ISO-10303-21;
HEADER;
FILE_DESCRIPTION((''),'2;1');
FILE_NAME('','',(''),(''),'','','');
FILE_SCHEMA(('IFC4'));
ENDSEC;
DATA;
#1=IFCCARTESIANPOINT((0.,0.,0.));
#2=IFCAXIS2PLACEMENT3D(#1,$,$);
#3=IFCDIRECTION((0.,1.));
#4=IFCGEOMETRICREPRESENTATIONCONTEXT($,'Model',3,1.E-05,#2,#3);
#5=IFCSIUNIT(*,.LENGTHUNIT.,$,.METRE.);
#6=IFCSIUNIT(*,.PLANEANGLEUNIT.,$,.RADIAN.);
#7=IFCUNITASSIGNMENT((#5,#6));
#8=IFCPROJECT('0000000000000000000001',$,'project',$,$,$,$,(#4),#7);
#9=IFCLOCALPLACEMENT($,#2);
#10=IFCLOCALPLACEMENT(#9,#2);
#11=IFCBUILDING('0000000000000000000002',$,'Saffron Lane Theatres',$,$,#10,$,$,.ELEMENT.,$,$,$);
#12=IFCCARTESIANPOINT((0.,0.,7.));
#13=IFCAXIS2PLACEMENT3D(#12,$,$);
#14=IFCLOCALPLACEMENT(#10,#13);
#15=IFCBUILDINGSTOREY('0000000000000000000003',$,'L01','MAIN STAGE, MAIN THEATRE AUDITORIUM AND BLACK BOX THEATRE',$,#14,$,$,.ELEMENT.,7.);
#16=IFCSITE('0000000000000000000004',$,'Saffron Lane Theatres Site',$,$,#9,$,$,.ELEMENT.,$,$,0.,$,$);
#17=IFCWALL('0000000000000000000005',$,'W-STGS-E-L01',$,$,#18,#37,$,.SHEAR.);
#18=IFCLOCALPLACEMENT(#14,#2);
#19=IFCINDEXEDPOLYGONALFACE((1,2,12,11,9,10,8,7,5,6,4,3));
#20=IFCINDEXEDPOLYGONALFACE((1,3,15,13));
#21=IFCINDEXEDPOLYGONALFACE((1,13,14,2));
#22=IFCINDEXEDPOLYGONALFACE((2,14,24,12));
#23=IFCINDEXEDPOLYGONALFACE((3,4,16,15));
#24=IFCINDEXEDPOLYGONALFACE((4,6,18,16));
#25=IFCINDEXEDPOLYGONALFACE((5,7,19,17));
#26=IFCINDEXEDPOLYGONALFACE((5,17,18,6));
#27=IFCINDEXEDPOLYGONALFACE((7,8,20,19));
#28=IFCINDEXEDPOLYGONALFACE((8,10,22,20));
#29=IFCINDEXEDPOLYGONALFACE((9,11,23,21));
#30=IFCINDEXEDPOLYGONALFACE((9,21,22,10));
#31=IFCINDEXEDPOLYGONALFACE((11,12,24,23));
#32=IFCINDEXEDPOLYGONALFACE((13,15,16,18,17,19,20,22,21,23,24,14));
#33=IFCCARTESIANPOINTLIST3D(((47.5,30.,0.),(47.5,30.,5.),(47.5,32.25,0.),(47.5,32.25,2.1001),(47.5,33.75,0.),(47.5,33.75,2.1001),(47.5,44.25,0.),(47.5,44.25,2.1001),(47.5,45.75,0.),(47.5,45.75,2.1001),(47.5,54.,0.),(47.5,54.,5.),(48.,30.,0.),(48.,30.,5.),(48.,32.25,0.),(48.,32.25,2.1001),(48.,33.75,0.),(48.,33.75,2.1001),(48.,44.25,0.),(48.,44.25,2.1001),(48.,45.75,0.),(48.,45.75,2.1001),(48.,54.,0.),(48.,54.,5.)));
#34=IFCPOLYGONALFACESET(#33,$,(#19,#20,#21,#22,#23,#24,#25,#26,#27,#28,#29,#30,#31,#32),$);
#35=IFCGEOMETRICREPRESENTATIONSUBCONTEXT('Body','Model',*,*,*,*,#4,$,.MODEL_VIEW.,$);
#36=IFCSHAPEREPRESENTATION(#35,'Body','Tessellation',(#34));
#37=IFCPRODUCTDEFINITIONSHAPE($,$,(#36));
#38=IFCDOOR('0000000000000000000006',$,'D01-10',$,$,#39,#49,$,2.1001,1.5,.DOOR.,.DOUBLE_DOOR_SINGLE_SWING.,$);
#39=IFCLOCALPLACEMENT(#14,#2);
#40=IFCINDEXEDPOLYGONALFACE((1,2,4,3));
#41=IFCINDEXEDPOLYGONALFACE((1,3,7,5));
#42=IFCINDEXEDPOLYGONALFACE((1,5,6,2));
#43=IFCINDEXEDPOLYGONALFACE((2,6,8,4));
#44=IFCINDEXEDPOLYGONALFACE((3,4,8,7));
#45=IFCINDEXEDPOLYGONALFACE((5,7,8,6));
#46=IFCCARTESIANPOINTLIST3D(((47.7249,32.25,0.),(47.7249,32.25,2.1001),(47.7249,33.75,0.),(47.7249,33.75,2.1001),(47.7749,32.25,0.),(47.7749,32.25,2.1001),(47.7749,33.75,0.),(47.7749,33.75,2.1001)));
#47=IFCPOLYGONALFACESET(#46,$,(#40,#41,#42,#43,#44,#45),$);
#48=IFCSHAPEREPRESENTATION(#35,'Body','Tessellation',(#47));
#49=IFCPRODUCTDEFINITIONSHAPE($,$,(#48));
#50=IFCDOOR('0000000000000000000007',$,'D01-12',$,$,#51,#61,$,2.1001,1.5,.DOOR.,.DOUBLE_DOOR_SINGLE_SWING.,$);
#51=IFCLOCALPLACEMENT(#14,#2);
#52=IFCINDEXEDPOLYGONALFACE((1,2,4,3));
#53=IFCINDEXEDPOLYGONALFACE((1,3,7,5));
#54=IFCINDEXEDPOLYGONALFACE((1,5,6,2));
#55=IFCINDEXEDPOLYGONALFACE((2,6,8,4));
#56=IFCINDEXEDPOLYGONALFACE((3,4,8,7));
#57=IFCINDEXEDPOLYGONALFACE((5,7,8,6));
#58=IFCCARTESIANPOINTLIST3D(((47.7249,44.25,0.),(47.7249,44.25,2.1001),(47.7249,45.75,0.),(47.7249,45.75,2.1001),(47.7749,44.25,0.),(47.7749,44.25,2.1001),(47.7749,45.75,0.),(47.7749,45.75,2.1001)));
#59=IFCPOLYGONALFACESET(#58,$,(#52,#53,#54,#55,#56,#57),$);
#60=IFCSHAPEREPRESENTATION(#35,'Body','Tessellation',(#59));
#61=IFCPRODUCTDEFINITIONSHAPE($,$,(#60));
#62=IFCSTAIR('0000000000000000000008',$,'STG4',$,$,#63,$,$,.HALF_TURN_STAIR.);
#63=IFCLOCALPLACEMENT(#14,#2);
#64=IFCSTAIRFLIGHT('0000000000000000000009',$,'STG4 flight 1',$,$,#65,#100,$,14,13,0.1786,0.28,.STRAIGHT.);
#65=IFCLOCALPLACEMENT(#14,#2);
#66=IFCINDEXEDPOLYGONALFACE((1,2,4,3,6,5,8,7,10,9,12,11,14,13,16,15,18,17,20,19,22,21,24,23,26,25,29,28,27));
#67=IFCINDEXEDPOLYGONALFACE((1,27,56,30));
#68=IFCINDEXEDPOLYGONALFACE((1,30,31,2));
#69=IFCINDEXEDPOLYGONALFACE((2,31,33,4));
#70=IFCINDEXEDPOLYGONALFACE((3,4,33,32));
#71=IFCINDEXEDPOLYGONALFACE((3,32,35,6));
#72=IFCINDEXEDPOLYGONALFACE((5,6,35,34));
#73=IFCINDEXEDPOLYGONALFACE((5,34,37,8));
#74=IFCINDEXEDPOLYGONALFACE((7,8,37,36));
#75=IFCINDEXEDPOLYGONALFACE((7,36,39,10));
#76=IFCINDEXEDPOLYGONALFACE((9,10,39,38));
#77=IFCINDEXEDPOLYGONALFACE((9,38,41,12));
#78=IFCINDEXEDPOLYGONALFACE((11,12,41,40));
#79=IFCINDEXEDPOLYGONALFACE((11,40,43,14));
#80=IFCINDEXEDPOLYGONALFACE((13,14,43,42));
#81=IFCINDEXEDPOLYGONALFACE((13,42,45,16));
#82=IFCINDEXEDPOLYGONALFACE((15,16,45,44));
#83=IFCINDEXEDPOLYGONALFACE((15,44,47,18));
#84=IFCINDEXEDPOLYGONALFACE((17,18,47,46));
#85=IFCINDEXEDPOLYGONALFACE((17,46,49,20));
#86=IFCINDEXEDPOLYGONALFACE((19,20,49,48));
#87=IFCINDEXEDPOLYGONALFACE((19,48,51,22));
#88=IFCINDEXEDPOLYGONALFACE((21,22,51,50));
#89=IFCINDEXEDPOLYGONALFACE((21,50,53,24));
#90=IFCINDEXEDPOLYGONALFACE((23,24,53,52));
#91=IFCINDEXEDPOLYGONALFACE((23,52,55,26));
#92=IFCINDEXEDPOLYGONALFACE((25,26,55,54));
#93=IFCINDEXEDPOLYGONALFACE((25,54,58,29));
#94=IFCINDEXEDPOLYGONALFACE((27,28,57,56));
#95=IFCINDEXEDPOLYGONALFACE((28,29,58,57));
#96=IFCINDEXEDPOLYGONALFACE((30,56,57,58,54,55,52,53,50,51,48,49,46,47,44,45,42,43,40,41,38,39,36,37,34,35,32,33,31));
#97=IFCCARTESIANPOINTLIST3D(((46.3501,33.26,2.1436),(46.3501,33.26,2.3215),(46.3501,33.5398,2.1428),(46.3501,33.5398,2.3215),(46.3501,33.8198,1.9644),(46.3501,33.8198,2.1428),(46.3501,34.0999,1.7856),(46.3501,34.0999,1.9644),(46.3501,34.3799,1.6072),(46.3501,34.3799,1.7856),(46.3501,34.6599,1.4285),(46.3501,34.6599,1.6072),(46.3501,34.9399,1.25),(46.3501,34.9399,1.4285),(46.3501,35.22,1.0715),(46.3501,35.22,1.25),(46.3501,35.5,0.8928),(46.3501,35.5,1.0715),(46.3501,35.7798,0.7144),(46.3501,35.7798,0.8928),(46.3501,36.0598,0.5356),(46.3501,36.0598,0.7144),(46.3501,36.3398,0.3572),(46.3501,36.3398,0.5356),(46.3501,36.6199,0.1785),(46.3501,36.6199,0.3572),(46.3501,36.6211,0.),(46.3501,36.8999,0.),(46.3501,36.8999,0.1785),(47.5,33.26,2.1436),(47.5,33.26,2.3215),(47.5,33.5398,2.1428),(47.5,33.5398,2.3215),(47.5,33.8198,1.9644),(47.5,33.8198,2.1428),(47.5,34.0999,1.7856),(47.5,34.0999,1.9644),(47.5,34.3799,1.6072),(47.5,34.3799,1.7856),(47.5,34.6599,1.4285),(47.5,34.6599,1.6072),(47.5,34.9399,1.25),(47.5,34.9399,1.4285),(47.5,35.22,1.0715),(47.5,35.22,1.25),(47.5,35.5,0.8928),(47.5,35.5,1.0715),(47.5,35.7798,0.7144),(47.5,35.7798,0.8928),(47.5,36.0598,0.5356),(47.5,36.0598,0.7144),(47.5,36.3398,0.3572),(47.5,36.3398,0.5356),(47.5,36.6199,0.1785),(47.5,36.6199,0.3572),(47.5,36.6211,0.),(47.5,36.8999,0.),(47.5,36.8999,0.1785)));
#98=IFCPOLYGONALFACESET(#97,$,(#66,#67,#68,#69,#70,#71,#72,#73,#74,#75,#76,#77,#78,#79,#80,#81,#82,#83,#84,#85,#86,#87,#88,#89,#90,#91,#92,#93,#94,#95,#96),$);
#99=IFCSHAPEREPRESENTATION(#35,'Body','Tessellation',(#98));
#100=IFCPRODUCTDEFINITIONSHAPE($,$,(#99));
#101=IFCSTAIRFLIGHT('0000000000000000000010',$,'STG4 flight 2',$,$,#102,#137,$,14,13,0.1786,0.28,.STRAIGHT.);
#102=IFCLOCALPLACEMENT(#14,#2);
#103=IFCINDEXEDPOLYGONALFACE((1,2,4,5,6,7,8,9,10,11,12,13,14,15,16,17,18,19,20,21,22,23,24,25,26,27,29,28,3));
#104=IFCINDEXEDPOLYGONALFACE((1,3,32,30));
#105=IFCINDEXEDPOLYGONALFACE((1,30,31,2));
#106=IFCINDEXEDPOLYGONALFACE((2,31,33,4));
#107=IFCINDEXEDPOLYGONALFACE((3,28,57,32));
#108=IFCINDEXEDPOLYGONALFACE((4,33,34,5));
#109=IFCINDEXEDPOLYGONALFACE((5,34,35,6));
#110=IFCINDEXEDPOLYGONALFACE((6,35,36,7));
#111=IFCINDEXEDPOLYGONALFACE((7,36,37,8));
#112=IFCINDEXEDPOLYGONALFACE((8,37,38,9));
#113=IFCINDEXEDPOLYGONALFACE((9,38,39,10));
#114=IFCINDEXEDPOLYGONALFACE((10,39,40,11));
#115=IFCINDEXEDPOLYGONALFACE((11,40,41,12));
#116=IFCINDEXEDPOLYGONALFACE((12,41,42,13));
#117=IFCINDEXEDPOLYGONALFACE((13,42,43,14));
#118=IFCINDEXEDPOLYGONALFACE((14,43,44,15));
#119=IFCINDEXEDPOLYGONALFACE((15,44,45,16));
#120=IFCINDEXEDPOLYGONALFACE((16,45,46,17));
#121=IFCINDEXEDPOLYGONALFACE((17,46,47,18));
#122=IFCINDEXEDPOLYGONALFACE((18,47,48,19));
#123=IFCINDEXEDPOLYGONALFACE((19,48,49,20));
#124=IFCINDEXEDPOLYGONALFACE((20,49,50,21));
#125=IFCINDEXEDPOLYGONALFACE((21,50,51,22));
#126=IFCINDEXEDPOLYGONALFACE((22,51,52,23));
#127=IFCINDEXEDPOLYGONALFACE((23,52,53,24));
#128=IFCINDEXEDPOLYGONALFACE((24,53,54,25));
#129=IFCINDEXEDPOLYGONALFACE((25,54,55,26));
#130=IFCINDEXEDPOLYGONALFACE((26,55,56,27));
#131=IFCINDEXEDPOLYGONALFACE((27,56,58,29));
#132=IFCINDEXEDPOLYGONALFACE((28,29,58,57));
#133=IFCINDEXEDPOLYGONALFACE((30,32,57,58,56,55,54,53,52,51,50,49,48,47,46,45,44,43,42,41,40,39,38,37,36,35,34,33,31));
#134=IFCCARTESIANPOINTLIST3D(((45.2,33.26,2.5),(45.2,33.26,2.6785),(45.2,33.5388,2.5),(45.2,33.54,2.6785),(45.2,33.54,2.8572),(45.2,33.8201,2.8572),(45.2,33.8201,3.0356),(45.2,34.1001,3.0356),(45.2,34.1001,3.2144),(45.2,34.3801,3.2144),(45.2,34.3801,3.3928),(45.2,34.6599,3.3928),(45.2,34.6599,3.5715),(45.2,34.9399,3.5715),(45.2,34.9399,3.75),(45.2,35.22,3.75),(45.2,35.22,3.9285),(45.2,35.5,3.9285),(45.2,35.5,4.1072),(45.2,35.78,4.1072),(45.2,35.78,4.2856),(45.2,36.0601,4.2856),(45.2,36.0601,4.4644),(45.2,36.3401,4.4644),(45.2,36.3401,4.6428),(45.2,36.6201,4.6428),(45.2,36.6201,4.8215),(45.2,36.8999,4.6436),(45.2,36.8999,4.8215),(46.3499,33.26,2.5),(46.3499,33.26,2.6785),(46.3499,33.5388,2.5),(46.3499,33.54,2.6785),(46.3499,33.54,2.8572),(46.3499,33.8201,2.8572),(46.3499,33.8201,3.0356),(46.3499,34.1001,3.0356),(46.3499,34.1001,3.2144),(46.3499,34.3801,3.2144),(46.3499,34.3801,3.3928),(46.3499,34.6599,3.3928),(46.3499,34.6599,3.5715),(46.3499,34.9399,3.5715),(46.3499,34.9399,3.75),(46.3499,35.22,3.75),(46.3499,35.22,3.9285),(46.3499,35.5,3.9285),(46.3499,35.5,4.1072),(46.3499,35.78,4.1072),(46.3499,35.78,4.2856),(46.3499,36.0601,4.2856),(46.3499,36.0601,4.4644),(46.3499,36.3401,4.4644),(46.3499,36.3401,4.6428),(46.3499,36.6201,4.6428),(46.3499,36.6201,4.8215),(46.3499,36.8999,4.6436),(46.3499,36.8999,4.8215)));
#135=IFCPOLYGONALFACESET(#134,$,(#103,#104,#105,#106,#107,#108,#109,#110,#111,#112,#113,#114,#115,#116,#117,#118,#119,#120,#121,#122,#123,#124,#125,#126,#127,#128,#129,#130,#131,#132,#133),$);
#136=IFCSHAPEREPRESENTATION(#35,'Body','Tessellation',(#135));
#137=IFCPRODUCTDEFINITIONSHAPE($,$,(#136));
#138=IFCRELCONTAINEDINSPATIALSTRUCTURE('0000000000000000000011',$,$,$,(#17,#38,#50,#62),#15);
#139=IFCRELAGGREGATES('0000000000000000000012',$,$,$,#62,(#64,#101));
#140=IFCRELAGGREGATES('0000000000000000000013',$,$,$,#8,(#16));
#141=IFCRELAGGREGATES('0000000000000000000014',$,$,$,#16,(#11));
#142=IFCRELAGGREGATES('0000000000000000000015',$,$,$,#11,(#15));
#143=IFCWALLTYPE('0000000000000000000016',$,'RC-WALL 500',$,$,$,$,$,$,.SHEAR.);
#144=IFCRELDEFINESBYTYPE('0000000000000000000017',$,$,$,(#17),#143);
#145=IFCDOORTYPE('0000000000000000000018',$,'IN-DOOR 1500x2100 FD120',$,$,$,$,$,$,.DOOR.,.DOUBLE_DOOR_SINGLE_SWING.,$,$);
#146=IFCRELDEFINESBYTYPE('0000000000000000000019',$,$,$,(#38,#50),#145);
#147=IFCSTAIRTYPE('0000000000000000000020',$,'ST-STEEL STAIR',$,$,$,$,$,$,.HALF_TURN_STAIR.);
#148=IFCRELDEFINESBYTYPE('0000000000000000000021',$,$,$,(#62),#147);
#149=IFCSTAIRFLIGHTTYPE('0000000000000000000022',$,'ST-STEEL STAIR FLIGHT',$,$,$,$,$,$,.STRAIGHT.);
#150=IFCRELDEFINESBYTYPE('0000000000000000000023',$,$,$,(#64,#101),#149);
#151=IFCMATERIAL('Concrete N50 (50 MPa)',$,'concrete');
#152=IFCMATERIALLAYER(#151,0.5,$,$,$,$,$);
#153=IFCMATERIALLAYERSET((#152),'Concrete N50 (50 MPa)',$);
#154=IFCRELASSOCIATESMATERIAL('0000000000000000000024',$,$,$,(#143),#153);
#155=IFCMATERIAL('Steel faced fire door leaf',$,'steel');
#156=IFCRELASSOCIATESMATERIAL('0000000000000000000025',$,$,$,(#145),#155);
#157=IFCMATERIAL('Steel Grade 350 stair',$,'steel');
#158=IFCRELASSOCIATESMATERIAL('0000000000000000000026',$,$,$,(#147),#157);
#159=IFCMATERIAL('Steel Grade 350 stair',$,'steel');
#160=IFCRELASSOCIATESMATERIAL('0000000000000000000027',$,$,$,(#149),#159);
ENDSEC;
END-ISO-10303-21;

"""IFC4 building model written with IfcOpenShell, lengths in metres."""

from ifc_helpers import new_model, si_unit, direction, frame, frame_2d, origin, place, context, subcontext, project, spatial, polyline, rectangle, outline, extrude, material, layer, layer_set, type_object, element, fill, aggregate, save


model = new_model("IFC4")

# Units and contexts
model_context = context("Model", 3, precision=1e-05, world=origin(), true_north=direction((0.0, 1.0)))
body_context = subcontext(model_context, "Body", "Model", "MODEL_VIEW")
ifc_project = project(units=[si_unit("LENGTHUNIT", "METRE"), si_unit("PLANEANGLEUNIT", "RADIAN")], contexts=[model_context])

# Site, building, storey
site_placement = place(None, origin())
site = spatial("IfcSite", under=ifc_project, at=site_placement, Name="Saffron Lane Theatres Site", CompositionType="ELEMENT", RefElevation=0.0)
building_placement = place(site_placement, origin())
building = spatial("IfcBuilding", under=site, at=building_placement, Name="Saffron Lane Theatres", CompositionType="ELEMENT")
storey_placement = place(building_placement, frame((0.0, 0.0, 7.0)))
storey = spatial("IfcBuildingStorey", under=building, at=storey_placement, Name="L01", Description="MAIN STAGE, MAIN THEATRE AUDITORIUM AND BLACK BOX THEATRE", CompositionType="ELEMENT", Elevation=7.0)

# Wall, openings, doors
ifc_material_1 = material(Name="Concrete N50 (50 MPa)", Category="concrete")
ifc_layer_1 = layer(ifc_material_1, 0.5)
ifc_layer_set_1 = layer_set([ifc_layer_1], Name="Concrete N50 (50 MPa)")
wall_type_1 = type_object("IfcWallType", Name="RC-WALL 500", PredefinedType="SHEAR", material=ifc_layer_set_1)
wall_1_placement = place(storey_placement, frame((47.75, 30.0, 0.0), z_axis=(0.0, 0.0, 1.0), x_axis=(0.0, 1.0, 0.0)))
wall_1 = element("IfcWall", 1, at=wall_1_placement, inside=storey, type_object=wall_type_1, Name="W-STGS-E-L01", PredefinedType="SHEAR", context=body_context, shape_type="SweptSolid", body=[
    extrude(rectangle(XDim=24.0, YDim=0.5, at=frame_2d((12.0, 0.0))), origin(), (0.0, 0.0, 1.0), 5.0),
])
opening_1_placement = place(wall_1_placement, frame((2.25, 0.0, 0.0)))
opening_1 = element("IfcOpeningElement", 2, at=opening_1_placement, cuts=wall_1, PredefinedType="OPENING", context=body_context, shape_type="SweptSolid", body=[
    extrude(rectangle(XDim=1.5, YDim=2.1001, at=frame_2d((0.75, 1.05))), frame((0.0, 0.26, 0.0), z_axis=(0.0, -1.0, 0.0), x_axis=(1.0, 0.0, 0.0)), (0.0, 0.0, 1.0), 0.52),
])
opening_2_placement = place(wall_1_placement, frame((14.25, 0.0, 0.0)))
opening_2 = element("IfcOpeningElement", 3, at=opening_2_placement, cuts=wall_1, PredefinedType="OPENING", context=body_context, shape_type="SweptSolid", body=[
    extrude(rectangle(XDim=1.5, YDim=2.1001, at=frame_2d((0.75, 1.05))), frame((0.0, 0.26, 0.0), z_axis=(0.0, -1.0, 0.0), x_axis=(1.0, 0.0, 0.0)), (0.0, 0.0, 1.0), 0.52),
])
ifc_material_2 = material(Name="Steel faced fire door leaf", Category="steel")
door_type_1 = type_object("IfcDoorType", Name="IN-DOOR 1500x2100 FD120", OperationType="DOUBLE_DOOR_SINGLE_SWING", PredefinedType="DOOR", material=ifc_material_2)
door_1_placement = place(opening_1_placement, frame((1.5, 0.0, 0.0), z_axis=(0.0, 0.0, 1.0), x_axis=(-1.0, 0.0, 0.0)))
door_1 = element("IfcDoor", 4, at=door_1_placement, inside=storey, type_object=door_type_1, Name="D01-10", OperationType="DOUBLE_DOOR_SINGLE_SWING", OverallHeight=2.1001, OverallWidth=1.5, PredefinedType="DOOR", context=body_context, shape_type="SweptSolid", body=[
    extrude(rectangle(XDim=1.5, YDim=2.1001, at=frame_2d((0.75, 1.05))), frame((0.0, 0.0249, 0.0), z_axis=(0.0, -1.0, 0.0), x_axis=(1.0, 0.0, 0.0)), (0.0, 0.0, 1.0), 0.05),
])
fill(opening_1, door_1)
door_2_placement = place(opening_2_placement, frame((1.5, 0.0, 0.0), z_axis=(0.0, 0.0, 1.0), x_axis=(-1.0, 0.0, 0.0)))
door_2 = element("IfcDoor", 5, at=door_2_placement, inside=storey, type_object=door_type_1, Name="D01-12", OperationType="DOUBLE_DOOR_SINGLE_SWING", OverallHeight=2.1001, OverallWidth=1.5, PredefinedType="DOOR", context=body_context, shape_type="SweptSolid", body=[
    extrude(rectangle(XDim=1.5, YDim=2.1001, at=frame_2d((0.75, 1.05))), frame((0.0, 0.0249, 0.0), z_axis=(0.0, -1.0, 0.0), x_axis=(1.0, 0.0, 0.0)), (0.0, 0.0, 1.0), 0.05),
])
fill(opening_2, door_2)

# Stair, stair flights
ifc_material_3 = material(Name="Steel Grade 350 stair", Category="steel")
stair_type = type_object("IfcStairType", Name="ST-STEEL STAIR", PredefinedType="HALF_TURN_STAIR", material=ifc_material_3)
stair_placement = place(storey_placement, origin())
stair = element("IfcStair", 6, at=stair_placement, inside=storey, type_object=stair_type, Name="STG4", PredefinedType="HALF_TURN_STAIR")
ifc_material_4 = material(Name="Steel Grade 350 stair", Category="steel")
stair_flight_type = type_object("IfcStairFlightType", Name="ST-STEEL STAIR FLIGHT", PredefinedType="STRAIGHT", material=ifc_material_4)
stair_flight_1_placement = place(storey_placement, frame((46.925, 36.8999, 0.0), z_axis=(0.0, 0.0, 1.0), x_axis=(0.0, -1.0, 0.0)))
stair_flight_1 = element("IfcStairFlight", 7, at=stair_flight_1_placement, type_object=stair_flight_type, Name="STG4 flight 1", NumberOfRisers=14, NumberOfTreads=13, PredefinedType="STRAIGHT", RiserHeight=0.1786, TreadLength=0.28, context=body_context, shape_type="SweptSolid", body=[
    extrude(outline(polyline([(0.0, 0.0), (0.0, 0.1785), (0.28, 0.1785), (0.28, 0.3572), (0.5601, 0.3572), (0.5601, 0.5356), (0.8401, 0.5356), (0.8401, 0.7144), (1.1201, 0.7144), (1.1201, 0.8928), (1.3999, 0.8928), (1.3999, 1.0715), (1.6799, 1.0715), (1.6799, 1.25), (1.96, 1.25), (1.96, 1.4285), (2.24, 1.4285), (2.24, 1.6072), (2.52, 1.6072), (2.52, 1.7856), (2.8, 1.7856), (2.8, 1.9644), (3.0801, 1.9644), (3.0801, 2.1428), (3.3601, 2.1428), (3.3601, 2.3215), (3.6399, 2.3215), (3.6399, 2.5), (3.6399, 2.1436), (0.2788, 0.0), (0.0, 0.0)])), frame((0.0, 0.575, 0.0), z_axis=(0.0, -1.0, 0.0), x_axis=(1.0, 0.0, 0.0)), (0.0, 0.0, 1.0), 1.1499),
])
stair_flight_2_placement = place(storey_placement, frame((45.7749, 33.26, 2.5), z_axis=(0.0, 0.0, 1.0), x_axis=(0.0, 1.0, 0.0)))
stair_flight_2 = element("IfcStairFlight", 8, at=stair_flight_2_placement, type_object=stair_flight_type, Name="STG4 flight 2", NumberOfRisers=14, NumberOfTreads=13, PredefinedType="STRAIGHT", RiserHeight=0.1786, TreadLength=0.28, context=body_context, shape_type="SweptSolid", body=[
    extrude(outline(polyline([(0.0, 0.0), (0.0, 0.1785), (0.28, 0.1785), (0.28, 0.3572), (0.5601, 0.3572), (0.5601, 0.5356), (0.8401, 0.5356), (0.8401, 0.7144), (1.1201, 0.7144), (1.1201, 0.8928), (1.3999, 0.8928), (1.3999, 1.0715), (1.6799, 1.0715), (1.6799, 1.25), (1.96, 1.25), (1.96, 1.4285), (2.24, 1.4285), (2.24, 1.6072), (2.52, 1.6072), (2.52, 1.7856), (2.8, 1.7856), (2.8, 1.9644), (3.0801, 1.9644), (3.0801, 2.1428), (3.3601, 2.1428), (3.3601, 2.3215), (3.6399, 2.3215), (3.6399, 2.5), (3.6399, 2.1436), (0.2788, 0.0), (0.0, 0.0)])), frame((0.0, 0.575, 0.0), z_axis=(0.0, -1.0, 0.0), x_axis=(1.0, 0.0, 0.0)), (0.0, 0.0, 1.0), 1.1499),
])
aggregate(stair, [stair_flight_1, stair_flight_2])

save(model, "model.ifc")
